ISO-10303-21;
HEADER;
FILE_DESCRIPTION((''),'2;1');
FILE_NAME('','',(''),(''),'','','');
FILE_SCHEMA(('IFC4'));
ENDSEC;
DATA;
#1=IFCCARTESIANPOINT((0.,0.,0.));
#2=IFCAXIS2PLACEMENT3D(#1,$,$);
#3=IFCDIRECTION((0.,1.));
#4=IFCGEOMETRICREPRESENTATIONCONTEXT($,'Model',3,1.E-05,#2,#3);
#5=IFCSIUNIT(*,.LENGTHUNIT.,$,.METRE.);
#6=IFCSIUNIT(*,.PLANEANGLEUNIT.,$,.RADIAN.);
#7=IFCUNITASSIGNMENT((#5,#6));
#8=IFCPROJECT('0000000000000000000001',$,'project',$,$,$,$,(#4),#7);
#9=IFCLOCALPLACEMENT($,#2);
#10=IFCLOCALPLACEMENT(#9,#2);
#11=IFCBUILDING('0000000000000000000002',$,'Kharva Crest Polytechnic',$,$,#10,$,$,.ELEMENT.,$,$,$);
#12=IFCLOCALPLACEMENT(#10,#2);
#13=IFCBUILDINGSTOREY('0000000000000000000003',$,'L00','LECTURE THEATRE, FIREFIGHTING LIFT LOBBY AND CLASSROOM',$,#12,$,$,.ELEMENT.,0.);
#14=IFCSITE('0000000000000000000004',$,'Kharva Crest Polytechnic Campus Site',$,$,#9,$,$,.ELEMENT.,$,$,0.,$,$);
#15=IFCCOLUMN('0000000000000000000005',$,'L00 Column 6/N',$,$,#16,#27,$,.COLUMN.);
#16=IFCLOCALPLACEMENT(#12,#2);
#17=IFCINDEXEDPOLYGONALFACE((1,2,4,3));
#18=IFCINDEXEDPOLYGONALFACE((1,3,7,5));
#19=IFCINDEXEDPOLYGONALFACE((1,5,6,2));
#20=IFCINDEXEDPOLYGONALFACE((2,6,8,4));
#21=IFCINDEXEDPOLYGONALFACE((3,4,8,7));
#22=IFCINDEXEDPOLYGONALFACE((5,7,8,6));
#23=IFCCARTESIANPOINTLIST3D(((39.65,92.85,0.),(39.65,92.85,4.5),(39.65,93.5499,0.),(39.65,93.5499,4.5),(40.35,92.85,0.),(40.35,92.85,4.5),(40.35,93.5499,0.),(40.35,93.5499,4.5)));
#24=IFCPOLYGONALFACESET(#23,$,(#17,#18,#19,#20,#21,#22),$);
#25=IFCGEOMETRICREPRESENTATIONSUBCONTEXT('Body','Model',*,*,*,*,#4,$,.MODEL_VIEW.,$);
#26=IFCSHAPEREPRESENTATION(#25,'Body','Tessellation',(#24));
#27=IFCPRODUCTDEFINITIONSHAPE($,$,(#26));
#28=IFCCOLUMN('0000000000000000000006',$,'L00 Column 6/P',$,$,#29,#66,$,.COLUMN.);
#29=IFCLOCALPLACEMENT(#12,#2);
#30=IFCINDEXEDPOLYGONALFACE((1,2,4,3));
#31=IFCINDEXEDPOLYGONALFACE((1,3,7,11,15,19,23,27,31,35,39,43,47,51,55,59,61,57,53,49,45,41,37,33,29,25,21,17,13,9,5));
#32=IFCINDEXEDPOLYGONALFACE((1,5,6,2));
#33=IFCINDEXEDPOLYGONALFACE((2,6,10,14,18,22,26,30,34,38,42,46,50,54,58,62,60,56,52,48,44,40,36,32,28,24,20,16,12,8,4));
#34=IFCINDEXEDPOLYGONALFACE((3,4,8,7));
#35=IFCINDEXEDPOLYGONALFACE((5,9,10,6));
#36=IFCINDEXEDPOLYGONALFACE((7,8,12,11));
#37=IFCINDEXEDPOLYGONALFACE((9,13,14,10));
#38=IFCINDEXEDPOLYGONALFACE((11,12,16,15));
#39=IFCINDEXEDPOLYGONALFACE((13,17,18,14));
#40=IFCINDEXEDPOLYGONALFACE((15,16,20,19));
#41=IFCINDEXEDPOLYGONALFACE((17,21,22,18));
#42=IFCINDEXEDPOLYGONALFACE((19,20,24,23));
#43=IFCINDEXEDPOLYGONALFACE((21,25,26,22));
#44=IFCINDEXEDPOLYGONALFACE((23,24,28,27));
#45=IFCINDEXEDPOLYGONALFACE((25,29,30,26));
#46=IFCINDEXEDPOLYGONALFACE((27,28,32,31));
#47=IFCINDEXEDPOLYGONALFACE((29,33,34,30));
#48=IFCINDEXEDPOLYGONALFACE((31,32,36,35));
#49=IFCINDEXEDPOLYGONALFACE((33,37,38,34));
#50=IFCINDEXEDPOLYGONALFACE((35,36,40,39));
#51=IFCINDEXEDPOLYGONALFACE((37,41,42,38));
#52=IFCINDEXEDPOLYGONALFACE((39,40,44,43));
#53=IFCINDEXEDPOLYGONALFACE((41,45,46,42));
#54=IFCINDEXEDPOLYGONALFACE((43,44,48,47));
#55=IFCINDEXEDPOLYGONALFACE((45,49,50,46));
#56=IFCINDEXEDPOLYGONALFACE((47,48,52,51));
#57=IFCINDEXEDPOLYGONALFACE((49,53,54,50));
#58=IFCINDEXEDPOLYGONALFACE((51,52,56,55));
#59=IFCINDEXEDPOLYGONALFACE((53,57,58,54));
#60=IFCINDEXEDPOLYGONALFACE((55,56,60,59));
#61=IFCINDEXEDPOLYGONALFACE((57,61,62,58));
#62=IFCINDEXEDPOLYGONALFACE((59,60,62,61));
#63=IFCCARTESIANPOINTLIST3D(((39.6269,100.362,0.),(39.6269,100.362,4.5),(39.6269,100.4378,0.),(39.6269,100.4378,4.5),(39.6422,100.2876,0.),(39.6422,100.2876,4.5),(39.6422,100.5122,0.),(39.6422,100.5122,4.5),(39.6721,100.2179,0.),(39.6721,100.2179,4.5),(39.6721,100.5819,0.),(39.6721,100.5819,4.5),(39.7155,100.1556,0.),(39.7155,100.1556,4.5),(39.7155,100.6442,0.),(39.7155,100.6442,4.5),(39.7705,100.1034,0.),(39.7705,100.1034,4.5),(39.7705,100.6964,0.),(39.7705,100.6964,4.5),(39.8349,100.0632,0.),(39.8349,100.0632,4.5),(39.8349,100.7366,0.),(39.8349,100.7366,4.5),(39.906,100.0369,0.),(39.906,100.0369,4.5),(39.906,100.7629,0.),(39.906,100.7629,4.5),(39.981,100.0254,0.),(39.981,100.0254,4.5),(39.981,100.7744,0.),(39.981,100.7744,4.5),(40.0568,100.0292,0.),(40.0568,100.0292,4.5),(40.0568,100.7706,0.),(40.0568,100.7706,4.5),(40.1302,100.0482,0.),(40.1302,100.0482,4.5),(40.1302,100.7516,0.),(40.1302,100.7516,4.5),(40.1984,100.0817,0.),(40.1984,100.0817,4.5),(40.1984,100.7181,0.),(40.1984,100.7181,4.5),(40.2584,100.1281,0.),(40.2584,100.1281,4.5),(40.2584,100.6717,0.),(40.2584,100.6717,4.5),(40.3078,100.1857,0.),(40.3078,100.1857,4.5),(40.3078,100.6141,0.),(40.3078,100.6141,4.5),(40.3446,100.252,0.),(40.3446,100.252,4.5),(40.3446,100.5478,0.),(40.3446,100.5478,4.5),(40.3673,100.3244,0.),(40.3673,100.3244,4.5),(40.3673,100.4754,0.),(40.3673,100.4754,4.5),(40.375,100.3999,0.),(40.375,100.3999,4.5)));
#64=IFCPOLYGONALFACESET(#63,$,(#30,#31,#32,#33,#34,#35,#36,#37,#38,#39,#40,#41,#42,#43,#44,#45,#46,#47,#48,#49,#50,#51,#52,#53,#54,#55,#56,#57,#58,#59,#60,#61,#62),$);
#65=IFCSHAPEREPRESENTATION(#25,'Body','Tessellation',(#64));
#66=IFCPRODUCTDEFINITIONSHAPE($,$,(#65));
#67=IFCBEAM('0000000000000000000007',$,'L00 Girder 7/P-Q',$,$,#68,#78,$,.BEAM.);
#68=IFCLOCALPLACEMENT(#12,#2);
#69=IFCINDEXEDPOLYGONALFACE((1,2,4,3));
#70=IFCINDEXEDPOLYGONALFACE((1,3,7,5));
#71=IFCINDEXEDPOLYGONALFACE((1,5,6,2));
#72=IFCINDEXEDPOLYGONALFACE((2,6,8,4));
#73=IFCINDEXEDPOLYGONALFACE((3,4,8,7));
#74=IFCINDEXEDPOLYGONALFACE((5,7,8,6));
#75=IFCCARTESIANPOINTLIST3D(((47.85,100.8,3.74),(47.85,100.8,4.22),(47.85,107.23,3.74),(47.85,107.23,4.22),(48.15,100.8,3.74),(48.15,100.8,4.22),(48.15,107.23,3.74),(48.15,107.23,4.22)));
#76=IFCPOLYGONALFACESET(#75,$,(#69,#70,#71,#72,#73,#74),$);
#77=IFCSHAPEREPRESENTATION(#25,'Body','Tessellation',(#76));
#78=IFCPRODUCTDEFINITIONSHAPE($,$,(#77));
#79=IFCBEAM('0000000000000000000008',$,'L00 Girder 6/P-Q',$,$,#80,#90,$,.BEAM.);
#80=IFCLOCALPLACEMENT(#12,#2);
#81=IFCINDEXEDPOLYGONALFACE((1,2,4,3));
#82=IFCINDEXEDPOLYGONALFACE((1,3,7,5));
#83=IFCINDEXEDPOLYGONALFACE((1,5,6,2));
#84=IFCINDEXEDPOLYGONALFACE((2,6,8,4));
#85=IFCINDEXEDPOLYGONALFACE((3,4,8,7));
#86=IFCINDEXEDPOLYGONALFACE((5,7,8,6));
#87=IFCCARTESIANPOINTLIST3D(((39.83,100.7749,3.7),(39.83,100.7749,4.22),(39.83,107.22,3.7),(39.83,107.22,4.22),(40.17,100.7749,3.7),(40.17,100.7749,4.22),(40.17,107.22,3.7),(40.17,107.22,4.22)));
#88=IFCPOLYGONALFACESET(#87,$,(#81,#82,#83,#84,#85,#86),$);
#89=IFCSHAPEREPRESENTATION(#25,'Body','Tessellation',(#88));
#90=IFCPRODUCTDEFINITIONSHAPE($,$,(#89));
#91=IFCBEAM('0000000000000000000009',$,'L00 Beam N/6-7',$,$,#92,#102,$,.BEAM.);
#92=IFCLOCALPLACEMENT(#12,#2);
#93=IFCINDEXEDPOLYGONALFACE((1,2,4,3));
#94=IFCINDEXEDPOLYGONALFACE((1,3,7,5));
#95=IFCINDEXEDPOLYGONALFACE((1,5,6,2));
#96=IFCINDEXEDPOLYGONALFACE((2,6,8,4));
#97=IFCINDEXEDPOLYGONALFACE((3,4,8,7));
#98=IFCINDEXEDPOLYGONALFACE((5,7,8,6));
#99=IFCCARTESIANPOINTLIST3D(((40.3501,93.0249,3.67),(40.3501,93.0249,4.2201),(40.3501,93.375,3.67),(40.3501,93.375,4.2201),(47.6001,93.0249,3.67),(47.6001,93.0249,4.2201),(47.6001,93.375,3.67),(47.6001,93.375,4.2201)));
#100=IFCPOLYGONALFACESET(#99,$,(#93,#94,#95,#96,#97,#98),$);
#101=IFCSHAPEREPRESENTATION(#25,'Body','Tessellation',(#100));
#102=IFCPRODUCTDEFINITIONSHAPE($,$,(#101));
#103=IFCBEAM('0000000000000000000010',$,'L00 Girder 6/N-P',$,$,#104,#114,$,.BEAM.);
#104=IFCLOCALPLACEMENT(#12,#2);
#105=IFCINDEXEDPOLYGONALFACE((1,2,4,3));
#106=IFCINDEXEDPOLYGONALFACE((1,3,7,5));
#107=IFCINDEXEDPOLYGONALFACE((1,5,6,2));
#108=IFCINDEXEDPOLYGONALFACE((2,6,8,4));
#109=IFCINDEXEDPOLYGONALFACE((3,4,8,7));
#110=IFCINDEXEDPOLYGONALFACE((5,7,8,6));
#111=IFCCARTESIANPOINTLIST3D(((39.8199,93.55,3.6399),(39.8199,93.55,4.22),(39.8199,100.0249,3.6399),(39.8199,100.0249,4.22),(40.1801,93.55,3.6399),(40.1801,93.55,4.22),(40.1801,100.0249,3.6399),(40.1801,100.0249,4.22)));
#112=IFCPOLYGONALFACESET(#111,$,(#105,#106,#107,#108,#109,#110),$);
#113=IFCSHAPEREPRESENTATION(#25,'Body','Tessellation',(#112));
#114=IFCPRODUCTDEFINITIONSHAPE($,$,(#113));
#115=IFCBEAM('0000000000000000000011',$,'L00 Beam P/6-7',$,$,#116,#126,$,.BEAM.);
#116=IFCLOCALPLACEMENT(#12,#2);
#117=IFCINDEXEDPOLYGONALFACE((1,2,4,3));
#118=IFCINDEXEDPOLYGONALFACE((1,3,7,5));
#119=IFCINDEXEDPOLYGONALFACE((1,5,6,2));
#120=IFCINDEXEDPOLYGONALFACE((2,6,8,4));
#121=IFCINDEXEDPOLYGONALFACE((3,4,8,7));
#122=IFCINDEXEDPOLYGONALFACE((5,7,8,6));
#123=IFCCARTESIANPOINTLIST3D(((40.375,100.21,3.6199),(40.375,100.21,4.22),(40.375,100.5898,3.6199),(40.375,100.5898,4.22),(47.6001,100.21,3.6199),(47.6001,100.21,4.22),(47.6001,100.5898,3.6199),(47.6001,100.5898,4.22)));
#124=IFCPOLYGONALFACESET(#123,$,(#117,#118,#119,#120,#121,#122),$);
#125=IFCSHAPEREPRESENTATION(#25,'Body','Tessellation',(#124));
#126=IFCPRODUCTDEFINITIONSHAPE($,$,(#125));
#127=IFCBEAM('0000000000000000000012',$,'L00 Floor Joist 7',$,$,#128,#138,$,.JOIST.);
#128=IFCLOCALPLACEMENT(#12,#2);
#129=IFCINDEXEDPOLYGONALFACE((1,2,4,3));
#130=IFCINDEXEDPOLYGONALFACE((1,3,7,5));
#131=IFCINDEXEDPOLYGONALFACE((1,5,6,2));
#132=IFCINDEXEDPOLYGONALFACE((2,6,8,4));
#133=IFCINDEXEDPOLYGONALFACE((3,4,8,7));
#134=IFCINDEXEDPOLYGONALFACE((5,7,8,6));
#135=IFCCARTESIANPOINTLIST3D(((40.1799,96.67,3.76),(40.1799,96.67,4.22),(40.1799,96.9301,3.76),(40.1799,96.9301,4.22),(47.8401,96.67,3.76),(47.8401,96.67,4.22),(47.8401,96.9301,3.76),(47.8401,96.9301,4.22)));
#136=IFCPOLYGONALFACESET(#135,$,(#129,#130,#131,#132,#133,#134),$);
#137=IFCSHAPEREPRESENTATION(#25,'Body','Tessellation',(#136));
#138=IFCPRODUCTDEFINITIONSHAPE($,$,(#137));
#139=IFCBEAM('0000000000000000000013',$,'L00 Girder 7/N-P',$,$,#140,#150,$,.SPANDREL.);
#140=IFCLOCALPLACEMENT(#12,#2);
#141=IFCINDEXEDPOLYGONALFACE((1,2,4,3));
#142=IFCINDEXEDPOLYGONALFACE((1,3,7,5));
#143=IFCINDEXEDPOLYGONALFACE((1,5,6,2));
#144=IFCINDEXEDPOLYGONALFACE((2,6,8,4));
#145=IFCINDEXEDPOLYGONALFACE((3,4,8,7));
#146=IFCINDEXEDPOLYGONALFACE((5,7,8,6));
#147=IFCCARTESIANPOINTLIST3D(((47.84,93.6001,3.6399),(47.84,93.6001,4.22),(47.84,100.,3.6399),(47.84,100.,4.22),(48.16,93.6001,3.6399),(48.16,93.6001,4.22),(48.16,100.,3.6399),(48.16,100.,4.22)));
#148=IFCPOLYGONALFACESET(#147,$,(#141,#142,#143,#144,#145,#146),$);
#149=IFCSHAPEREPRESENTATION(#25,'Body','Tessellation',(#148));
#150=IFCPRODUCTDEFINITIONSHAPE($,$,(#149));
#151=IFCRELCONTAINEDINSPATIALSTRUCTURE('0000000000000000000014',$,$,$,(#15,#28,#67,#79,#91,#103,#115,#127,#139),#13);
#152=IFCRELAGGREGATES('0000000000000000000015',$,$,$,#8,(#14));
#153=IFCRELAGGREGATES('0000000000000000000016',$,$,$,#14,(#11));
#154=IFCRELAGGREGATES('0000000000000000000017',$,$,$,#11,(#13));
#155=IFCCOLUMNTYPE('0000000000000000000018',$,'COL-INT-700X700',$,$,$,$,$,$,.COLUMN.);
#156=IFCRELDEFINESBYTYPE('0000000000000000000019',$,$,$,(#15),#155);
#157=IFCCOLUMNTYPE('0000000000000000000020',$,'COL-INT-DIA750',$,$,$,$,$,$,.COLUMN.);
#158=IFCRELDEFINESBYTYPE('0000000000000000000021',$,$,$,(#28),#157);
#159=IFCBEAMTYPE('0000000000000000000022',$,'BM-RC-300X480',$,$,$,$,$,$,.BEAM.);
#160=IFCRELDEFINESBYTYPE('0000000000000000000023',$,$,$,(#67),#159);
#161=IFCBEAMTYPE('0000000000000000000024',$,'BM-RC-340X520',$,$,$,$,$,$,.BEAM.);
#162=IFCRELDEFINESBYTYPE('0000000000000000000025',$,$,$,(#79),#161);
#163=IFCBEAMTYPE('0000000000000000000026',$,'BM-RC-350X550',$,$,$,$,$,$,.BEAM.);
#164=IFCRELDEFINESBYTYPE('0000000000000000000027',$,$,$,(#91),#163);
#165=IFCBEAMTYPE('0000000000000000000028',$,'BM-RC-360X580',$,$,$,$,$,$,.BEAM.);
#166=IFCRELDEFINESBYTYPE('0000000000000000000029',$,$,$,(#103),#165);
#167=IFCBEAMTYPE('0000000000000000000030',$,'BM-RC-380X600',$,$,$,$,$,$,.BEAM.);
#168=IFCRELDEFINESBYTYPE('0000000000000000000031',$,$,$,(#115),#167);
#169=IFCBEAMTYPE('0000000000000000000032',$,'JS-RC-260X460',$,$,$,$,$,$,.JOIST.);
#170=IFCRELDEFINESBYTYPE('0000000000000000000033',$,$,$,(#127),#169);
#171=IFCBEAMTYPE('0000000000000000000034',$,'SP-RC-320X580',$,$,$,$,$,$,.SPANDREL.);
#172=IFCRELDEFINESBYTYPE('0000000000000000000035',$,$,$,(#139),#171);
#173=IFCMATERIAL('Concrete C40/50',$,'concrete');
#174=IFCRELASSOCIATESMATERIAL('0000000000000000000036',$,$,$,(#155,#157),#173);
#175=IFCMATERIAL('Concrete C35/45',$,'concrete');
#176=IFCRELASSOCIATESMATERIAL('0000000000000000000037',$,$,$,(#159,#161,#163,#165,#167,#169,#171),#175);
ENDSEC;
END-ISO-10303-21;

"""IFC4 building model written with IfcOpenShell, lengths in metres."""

from ifc_helpers import new_model, si_unit, direction, frame, origin, origin_2d, place, context, subcontext, project, spatial, rectangle, circle, extrude, material, material_profile, profile_set, type_object, element, save


model = new_model("IFC4")

# Units and contexts
model_context = context("Model", 3, precision=1e-05, world=origin(), true_north=direction((0.0, 1.0)))
body_context = subcontext(model_context, "Body", "Model", "MODEL_VIEW")
ifc_project = project(units=[si_unit("LENGTHUNIT", "METRE"), si_unit("PLANEANGLEUNIT", "RADIAN")], contexts=[model_context])

# Site, building, storey
site_placement = place(None, origin())
site = spatial("IfcSite", under=ifc_project, at=site_placement, Name="Kharva Crest Polytechnic Campus Site", CompositionType="ELEMENT", RefElevation=0.0)
building_placement = place(site_placement, origin())
building = spatial("IfcBuilding", under=site, at=building_placement, Name="Kharva Crest Polytechnic", CompositionType="ELEMENT")
storey_placement = place(building_placement, origin())
storey = spatial("IfcBuildingStorey", under=building, at=storey_placement, Name="L00", Description="LECTURE THEATRE, FIREFIGHTING LIFT LOBBY AND CLASSROOM", CompositionType="ELEMENT", Elevation=0.0)

# Shared definitions
ifc_material_1 = material(Name="Concrete C35/45", Category="concrete")

# Columns
ifc_material_2 = material(Name="Concrete C40/50", Category="concrete")
ifc_material_profile_1 = material_profile(ifc_material_2, rectangle(XDim=0.7, YDim=0.7, at=origin_2d()), Name="RECT 700 X 700")
ifc_profile_set_1 = profile_set([ifc_material_profile_1], Name="Concrete C40/50")
column_type_1 = type_object("IfcColumnType", Name="COL-INT-700X700", PredefinedType="COLUMN", material=ifc_profile_set_1)
column_1_placement = place(storey_placement, frame((40.0, 93.2, 0.0), z_axis=(0.0, 0.0, 1.0), x_axis=(1.0, 0.0, 0.0)))
element("IfcColumn", 1, at=column_1_placement, inside=storey, type_object=column_type_1, Name="L00 Column 6/N", PredefinedType="COLUMN", context=body_context, shape_type="SweptSolid", body=[
    extrude(rectangle(XDim=0.7, YDim=0.7, at=origin_2d()), origin(), (0.0, 0.0, 1.0), 4.5),
])
ifc_material_profile_2 = material_profile(ifc_material_2, circle(Radius=0.375, at=origin_2d()), Name="DIA 750")
ifc_profile_set_2 = profile_set([ifc_material_profile_2], Name="Concrete C40/50")
column_type_2 = type_object("IfcColumnType", Name="COL-INT-DIA750", PredefinedType="COLUMN", material=ifc_profile_set_2)
column_2_placement = place(storey_placement, frame((40.0, 100.3999, 0.0), z_axis=(0.0, 0.0, 1.0), x_axis=(1.0, 0.0, 0.0)))
element("IfcColumn", 2, at=column_2_placement, inside=storey, type_object=column_type_2, Name="L00 Column 6/P", PredefinedType="COLUMN", context=body_context, shape_type="SweptSolid", body=[
    extrude(circle(Radius=0.375, at=origin_2d()), origin(), (0.0, 0.0, 1.0), 4.5),
])

# Beams
ifc_material_profile_3 = material_profile(ifc_material_1, rectangle(XDim=0.3, YDim=0.48, at=origin_2d()), Name="RECT 300 X 480")
ifc_profile_set_3 = profile_set([ifc_material_profile_3], Name="Concrete C35/45")
beam_type_1 = type_object("IfcBeamType", Name="BM-RC-300X480", PredefinedType="BEAM", material=ifc_profile_set_3)
beam_1_placement = place(storey_placement, frame((48.0, 100.8, 3.98), z_axis=(0.0, 1.0, 0.0), x_axis=(-1.0, 0.0, 0.0)))
element("IfcBeam", 3, at=beam_1_placement, inside=storey, type_object=beam_type_1, Name="L00 Girder 7/P-Q", PredefinedType="BEAM", context=body_context, shape_type="SweptSolid", body=[
    extrude(rectangle(XDim=0.3, YDim=0.48, at=origin_2d()), origin(), (0.0, 0.0, 1.0), 6.4299),
])
ifc_material_profile_4 = material_profile(ifc_material_1, rectangle(XDim=0.3401, YDim=0.52, at=origin_2d()), Name="RECT 340 X 520")
ifc_profile_set_4 = profile_set([ifc_material_profile_4], Name="Concrete C35/45")
beam_type_2 = type_object("IfcBeamType", Name="BM-RC-340X520", PredefinedType="BEAM", material=ifc_profile_set_4)
beam_2_placement = place(storey_placement, frame((40.0, 100.7749, 3.96), z_axis=(0.0, 1.0, 0.0), x_axis=(-1.0, 0.0, 0.0)))
element("IfcBeam", 4, at=beam_2_placement, inside=storey, type_object=beam_type_2, Name="L00 Girder 6/P-Q", PredefinedType="BEAM", context=body_context, shape_type="SweptSolid", body=[
    extrude(rectangle(XDim=0.3401, YDim=0.52, at=origin_2d()), origin(), (0.0, 0.0, 1.0), 6.4451),
])
ifc_material_profile_5 = material_profile(ifc_material_1, rectangle(XDim=0.3501, YDim=0.55, at=origin_2d()), Name="RECT 350 X 550")
ifc_profile_set_5 = profile_set([ifc_material_profile_5], Name="Concrete C35/45")
beam_type_3 = type_object("IfcBeamType", Name="BM-RC-350X550", PredefinedType="BEAM", material=ifc_profile_set_5)
beam_3_placement = place(storey_placement, frame((40.3501, 93.2, 3.9451), z_axis=(1.0, 0.0, 0.0), x_axis=(0.0, 1.0, 0.0)))
element("IfcBeam", 5, at=beam_3_placement, inside=storey, type_object=beam_type_3, Name="L00 Beam N/6-7", PredefinedType="BEAM", context=body_context, shape_type="SweptSolid", body=[
    extrude(rectangle(XDim=0.3501, YDim=0.55, at=origin_2d()), origin(), (0.0, 0.0, 1.0), 7.25),
])
ifc_material_profile_6 = material_profile(ifc_material_1, rectangle(XDim=0.3601, YDim=0.5801, at=origin_2d()), Name="RECT 360 X 580")
ifc_profile_set_6 = profile_set([ifc_material_profile_6], Name="Concrete C35/45")
beam_type_4 = type_object("IfcBeamType", Name="BM-RC-360X580", PredefinedType="BEAM", material=ifc_profile_set_6)
beam_4_placement = place(storey_placement, frame((40.0, 93.55, 3.9299), z_axis=(0.0, 1.0, 0.0), x_axis=(-1.0, 0.0, 0.0)))
element("IfcBeam", 6, at=beam_4_placement, inside=storey, type_object=beam_type_4, Name="L00 Girder 6/N-P", PredefinedType="BEAM", context=body_context, shape_type="SweptSolid", body=[
    extrude(rectangle(XDim=0.3601, YDim=0.5801, at=origin_2d()), origin(), (0.0, 0.0, 1.0), 6.4749),
])
ifc_material_profile_7 = material_profile(ifc_material_1, rectangle(XDim=0.3799, YDim=0.6001, at=origin_2d()), Name="RECT 380 X 600")
ifc_profile_set_7 = profile_set([ifc_material_profile_7], Name="Concrete C35/45")
beam_type_5 = type_object("IfcBeamType", Name="BM-RC-380X600", PredefinedType="BEAM", material=ifc_profile_set_7)
beam_5_placement = place(storey_placement, frame((40.375, 100.3999, 3.9199), z_axis=(1.0, 0.0, 0.0), x_axis=(0.0, 1.0, 0.0)))
element("IfcBeam", 7, at=beam_5_placement, inside=storey, type_object=beam_type_5, Name="L00 Beam P/6-7", PredefinedType="BEAM", context=body_context, shape_type="SweptSolid", body=[
    extrude(rectangle(XDim=0.3799, YDim=0.6001, at=origin_2d()), origin(), (0.0, 0.0, 1.0), 7.2251),
])
ifc_material_profile_8 = material_profile(ifc_material_1, rectangle(XDim=0.26, YDim=0.46, at=origin_2d()), Name="RECT 260 X 460")
ifc_profile_set_8 = profile_set([ifc_material_profile_8], Name="Concrete C35/45")
beam_type_6 = type_object("IfcBeamType", Name="JS-RC-260X460", PredefinedType="JOIST", material=ifc_profile_set_8)
beam_6_placement = place(storey_placement, frame((40.1799, 96.8, 3.99), z_axis=(1.0, 0.0, 0.0), x_axis=(0.0, 1.0, 0.0)))
element("IfcBeam", 8, at=beam_6_placement, inside=storey, type_object=beam_type_6, Name="L00 Floor Joist 7", PredefinedType="JOIST", context=body_context, shape_type="SweptSolid", body=[
    extrude(rectangle(XDim=0.26, YDim=0.46, at=origin_2d()), origin(), (0.0, 0.0, 1.0), 7.6602),
])
ifc_material_profile_9 = material_profile(ifc_material_1, rectangle(XDim=0.3201, YDim=0.5801, at=origin_2d()), Name="RECT 320 X 580")
ifc_profile_set_9 = profile_set([ifc_material_profile_9], Name="Concrete C35/45")
beam_type_7 = type_object("IfcBeamType", Name="SP-RC-320X580", PredefinedType="SPANDREL", material=ifc_profile_set_9)
beam_7_placement = place(storey_placement, frame((48.0, 93.6001, 3.9299), z_axis=(0.0, 1.0, 0.0), x_axis=(-1.0, 0.0, 0.0)))
element("IfcBeam", 9, at=beam_7_placement, inside=storey, type_object=beam_type_7, Name="L00 Girder 7/N-P", PredefinedType="SPANDREL", context=body_context, shape_type="SweptSolid", body=[
    extrude(rectangle(XDim=0.3201, YDim=0.5801, at=origin_2d()), origin(), (0.0, 0.0, 1.0), 6.3999),
])

save(model, "model.ifc")
